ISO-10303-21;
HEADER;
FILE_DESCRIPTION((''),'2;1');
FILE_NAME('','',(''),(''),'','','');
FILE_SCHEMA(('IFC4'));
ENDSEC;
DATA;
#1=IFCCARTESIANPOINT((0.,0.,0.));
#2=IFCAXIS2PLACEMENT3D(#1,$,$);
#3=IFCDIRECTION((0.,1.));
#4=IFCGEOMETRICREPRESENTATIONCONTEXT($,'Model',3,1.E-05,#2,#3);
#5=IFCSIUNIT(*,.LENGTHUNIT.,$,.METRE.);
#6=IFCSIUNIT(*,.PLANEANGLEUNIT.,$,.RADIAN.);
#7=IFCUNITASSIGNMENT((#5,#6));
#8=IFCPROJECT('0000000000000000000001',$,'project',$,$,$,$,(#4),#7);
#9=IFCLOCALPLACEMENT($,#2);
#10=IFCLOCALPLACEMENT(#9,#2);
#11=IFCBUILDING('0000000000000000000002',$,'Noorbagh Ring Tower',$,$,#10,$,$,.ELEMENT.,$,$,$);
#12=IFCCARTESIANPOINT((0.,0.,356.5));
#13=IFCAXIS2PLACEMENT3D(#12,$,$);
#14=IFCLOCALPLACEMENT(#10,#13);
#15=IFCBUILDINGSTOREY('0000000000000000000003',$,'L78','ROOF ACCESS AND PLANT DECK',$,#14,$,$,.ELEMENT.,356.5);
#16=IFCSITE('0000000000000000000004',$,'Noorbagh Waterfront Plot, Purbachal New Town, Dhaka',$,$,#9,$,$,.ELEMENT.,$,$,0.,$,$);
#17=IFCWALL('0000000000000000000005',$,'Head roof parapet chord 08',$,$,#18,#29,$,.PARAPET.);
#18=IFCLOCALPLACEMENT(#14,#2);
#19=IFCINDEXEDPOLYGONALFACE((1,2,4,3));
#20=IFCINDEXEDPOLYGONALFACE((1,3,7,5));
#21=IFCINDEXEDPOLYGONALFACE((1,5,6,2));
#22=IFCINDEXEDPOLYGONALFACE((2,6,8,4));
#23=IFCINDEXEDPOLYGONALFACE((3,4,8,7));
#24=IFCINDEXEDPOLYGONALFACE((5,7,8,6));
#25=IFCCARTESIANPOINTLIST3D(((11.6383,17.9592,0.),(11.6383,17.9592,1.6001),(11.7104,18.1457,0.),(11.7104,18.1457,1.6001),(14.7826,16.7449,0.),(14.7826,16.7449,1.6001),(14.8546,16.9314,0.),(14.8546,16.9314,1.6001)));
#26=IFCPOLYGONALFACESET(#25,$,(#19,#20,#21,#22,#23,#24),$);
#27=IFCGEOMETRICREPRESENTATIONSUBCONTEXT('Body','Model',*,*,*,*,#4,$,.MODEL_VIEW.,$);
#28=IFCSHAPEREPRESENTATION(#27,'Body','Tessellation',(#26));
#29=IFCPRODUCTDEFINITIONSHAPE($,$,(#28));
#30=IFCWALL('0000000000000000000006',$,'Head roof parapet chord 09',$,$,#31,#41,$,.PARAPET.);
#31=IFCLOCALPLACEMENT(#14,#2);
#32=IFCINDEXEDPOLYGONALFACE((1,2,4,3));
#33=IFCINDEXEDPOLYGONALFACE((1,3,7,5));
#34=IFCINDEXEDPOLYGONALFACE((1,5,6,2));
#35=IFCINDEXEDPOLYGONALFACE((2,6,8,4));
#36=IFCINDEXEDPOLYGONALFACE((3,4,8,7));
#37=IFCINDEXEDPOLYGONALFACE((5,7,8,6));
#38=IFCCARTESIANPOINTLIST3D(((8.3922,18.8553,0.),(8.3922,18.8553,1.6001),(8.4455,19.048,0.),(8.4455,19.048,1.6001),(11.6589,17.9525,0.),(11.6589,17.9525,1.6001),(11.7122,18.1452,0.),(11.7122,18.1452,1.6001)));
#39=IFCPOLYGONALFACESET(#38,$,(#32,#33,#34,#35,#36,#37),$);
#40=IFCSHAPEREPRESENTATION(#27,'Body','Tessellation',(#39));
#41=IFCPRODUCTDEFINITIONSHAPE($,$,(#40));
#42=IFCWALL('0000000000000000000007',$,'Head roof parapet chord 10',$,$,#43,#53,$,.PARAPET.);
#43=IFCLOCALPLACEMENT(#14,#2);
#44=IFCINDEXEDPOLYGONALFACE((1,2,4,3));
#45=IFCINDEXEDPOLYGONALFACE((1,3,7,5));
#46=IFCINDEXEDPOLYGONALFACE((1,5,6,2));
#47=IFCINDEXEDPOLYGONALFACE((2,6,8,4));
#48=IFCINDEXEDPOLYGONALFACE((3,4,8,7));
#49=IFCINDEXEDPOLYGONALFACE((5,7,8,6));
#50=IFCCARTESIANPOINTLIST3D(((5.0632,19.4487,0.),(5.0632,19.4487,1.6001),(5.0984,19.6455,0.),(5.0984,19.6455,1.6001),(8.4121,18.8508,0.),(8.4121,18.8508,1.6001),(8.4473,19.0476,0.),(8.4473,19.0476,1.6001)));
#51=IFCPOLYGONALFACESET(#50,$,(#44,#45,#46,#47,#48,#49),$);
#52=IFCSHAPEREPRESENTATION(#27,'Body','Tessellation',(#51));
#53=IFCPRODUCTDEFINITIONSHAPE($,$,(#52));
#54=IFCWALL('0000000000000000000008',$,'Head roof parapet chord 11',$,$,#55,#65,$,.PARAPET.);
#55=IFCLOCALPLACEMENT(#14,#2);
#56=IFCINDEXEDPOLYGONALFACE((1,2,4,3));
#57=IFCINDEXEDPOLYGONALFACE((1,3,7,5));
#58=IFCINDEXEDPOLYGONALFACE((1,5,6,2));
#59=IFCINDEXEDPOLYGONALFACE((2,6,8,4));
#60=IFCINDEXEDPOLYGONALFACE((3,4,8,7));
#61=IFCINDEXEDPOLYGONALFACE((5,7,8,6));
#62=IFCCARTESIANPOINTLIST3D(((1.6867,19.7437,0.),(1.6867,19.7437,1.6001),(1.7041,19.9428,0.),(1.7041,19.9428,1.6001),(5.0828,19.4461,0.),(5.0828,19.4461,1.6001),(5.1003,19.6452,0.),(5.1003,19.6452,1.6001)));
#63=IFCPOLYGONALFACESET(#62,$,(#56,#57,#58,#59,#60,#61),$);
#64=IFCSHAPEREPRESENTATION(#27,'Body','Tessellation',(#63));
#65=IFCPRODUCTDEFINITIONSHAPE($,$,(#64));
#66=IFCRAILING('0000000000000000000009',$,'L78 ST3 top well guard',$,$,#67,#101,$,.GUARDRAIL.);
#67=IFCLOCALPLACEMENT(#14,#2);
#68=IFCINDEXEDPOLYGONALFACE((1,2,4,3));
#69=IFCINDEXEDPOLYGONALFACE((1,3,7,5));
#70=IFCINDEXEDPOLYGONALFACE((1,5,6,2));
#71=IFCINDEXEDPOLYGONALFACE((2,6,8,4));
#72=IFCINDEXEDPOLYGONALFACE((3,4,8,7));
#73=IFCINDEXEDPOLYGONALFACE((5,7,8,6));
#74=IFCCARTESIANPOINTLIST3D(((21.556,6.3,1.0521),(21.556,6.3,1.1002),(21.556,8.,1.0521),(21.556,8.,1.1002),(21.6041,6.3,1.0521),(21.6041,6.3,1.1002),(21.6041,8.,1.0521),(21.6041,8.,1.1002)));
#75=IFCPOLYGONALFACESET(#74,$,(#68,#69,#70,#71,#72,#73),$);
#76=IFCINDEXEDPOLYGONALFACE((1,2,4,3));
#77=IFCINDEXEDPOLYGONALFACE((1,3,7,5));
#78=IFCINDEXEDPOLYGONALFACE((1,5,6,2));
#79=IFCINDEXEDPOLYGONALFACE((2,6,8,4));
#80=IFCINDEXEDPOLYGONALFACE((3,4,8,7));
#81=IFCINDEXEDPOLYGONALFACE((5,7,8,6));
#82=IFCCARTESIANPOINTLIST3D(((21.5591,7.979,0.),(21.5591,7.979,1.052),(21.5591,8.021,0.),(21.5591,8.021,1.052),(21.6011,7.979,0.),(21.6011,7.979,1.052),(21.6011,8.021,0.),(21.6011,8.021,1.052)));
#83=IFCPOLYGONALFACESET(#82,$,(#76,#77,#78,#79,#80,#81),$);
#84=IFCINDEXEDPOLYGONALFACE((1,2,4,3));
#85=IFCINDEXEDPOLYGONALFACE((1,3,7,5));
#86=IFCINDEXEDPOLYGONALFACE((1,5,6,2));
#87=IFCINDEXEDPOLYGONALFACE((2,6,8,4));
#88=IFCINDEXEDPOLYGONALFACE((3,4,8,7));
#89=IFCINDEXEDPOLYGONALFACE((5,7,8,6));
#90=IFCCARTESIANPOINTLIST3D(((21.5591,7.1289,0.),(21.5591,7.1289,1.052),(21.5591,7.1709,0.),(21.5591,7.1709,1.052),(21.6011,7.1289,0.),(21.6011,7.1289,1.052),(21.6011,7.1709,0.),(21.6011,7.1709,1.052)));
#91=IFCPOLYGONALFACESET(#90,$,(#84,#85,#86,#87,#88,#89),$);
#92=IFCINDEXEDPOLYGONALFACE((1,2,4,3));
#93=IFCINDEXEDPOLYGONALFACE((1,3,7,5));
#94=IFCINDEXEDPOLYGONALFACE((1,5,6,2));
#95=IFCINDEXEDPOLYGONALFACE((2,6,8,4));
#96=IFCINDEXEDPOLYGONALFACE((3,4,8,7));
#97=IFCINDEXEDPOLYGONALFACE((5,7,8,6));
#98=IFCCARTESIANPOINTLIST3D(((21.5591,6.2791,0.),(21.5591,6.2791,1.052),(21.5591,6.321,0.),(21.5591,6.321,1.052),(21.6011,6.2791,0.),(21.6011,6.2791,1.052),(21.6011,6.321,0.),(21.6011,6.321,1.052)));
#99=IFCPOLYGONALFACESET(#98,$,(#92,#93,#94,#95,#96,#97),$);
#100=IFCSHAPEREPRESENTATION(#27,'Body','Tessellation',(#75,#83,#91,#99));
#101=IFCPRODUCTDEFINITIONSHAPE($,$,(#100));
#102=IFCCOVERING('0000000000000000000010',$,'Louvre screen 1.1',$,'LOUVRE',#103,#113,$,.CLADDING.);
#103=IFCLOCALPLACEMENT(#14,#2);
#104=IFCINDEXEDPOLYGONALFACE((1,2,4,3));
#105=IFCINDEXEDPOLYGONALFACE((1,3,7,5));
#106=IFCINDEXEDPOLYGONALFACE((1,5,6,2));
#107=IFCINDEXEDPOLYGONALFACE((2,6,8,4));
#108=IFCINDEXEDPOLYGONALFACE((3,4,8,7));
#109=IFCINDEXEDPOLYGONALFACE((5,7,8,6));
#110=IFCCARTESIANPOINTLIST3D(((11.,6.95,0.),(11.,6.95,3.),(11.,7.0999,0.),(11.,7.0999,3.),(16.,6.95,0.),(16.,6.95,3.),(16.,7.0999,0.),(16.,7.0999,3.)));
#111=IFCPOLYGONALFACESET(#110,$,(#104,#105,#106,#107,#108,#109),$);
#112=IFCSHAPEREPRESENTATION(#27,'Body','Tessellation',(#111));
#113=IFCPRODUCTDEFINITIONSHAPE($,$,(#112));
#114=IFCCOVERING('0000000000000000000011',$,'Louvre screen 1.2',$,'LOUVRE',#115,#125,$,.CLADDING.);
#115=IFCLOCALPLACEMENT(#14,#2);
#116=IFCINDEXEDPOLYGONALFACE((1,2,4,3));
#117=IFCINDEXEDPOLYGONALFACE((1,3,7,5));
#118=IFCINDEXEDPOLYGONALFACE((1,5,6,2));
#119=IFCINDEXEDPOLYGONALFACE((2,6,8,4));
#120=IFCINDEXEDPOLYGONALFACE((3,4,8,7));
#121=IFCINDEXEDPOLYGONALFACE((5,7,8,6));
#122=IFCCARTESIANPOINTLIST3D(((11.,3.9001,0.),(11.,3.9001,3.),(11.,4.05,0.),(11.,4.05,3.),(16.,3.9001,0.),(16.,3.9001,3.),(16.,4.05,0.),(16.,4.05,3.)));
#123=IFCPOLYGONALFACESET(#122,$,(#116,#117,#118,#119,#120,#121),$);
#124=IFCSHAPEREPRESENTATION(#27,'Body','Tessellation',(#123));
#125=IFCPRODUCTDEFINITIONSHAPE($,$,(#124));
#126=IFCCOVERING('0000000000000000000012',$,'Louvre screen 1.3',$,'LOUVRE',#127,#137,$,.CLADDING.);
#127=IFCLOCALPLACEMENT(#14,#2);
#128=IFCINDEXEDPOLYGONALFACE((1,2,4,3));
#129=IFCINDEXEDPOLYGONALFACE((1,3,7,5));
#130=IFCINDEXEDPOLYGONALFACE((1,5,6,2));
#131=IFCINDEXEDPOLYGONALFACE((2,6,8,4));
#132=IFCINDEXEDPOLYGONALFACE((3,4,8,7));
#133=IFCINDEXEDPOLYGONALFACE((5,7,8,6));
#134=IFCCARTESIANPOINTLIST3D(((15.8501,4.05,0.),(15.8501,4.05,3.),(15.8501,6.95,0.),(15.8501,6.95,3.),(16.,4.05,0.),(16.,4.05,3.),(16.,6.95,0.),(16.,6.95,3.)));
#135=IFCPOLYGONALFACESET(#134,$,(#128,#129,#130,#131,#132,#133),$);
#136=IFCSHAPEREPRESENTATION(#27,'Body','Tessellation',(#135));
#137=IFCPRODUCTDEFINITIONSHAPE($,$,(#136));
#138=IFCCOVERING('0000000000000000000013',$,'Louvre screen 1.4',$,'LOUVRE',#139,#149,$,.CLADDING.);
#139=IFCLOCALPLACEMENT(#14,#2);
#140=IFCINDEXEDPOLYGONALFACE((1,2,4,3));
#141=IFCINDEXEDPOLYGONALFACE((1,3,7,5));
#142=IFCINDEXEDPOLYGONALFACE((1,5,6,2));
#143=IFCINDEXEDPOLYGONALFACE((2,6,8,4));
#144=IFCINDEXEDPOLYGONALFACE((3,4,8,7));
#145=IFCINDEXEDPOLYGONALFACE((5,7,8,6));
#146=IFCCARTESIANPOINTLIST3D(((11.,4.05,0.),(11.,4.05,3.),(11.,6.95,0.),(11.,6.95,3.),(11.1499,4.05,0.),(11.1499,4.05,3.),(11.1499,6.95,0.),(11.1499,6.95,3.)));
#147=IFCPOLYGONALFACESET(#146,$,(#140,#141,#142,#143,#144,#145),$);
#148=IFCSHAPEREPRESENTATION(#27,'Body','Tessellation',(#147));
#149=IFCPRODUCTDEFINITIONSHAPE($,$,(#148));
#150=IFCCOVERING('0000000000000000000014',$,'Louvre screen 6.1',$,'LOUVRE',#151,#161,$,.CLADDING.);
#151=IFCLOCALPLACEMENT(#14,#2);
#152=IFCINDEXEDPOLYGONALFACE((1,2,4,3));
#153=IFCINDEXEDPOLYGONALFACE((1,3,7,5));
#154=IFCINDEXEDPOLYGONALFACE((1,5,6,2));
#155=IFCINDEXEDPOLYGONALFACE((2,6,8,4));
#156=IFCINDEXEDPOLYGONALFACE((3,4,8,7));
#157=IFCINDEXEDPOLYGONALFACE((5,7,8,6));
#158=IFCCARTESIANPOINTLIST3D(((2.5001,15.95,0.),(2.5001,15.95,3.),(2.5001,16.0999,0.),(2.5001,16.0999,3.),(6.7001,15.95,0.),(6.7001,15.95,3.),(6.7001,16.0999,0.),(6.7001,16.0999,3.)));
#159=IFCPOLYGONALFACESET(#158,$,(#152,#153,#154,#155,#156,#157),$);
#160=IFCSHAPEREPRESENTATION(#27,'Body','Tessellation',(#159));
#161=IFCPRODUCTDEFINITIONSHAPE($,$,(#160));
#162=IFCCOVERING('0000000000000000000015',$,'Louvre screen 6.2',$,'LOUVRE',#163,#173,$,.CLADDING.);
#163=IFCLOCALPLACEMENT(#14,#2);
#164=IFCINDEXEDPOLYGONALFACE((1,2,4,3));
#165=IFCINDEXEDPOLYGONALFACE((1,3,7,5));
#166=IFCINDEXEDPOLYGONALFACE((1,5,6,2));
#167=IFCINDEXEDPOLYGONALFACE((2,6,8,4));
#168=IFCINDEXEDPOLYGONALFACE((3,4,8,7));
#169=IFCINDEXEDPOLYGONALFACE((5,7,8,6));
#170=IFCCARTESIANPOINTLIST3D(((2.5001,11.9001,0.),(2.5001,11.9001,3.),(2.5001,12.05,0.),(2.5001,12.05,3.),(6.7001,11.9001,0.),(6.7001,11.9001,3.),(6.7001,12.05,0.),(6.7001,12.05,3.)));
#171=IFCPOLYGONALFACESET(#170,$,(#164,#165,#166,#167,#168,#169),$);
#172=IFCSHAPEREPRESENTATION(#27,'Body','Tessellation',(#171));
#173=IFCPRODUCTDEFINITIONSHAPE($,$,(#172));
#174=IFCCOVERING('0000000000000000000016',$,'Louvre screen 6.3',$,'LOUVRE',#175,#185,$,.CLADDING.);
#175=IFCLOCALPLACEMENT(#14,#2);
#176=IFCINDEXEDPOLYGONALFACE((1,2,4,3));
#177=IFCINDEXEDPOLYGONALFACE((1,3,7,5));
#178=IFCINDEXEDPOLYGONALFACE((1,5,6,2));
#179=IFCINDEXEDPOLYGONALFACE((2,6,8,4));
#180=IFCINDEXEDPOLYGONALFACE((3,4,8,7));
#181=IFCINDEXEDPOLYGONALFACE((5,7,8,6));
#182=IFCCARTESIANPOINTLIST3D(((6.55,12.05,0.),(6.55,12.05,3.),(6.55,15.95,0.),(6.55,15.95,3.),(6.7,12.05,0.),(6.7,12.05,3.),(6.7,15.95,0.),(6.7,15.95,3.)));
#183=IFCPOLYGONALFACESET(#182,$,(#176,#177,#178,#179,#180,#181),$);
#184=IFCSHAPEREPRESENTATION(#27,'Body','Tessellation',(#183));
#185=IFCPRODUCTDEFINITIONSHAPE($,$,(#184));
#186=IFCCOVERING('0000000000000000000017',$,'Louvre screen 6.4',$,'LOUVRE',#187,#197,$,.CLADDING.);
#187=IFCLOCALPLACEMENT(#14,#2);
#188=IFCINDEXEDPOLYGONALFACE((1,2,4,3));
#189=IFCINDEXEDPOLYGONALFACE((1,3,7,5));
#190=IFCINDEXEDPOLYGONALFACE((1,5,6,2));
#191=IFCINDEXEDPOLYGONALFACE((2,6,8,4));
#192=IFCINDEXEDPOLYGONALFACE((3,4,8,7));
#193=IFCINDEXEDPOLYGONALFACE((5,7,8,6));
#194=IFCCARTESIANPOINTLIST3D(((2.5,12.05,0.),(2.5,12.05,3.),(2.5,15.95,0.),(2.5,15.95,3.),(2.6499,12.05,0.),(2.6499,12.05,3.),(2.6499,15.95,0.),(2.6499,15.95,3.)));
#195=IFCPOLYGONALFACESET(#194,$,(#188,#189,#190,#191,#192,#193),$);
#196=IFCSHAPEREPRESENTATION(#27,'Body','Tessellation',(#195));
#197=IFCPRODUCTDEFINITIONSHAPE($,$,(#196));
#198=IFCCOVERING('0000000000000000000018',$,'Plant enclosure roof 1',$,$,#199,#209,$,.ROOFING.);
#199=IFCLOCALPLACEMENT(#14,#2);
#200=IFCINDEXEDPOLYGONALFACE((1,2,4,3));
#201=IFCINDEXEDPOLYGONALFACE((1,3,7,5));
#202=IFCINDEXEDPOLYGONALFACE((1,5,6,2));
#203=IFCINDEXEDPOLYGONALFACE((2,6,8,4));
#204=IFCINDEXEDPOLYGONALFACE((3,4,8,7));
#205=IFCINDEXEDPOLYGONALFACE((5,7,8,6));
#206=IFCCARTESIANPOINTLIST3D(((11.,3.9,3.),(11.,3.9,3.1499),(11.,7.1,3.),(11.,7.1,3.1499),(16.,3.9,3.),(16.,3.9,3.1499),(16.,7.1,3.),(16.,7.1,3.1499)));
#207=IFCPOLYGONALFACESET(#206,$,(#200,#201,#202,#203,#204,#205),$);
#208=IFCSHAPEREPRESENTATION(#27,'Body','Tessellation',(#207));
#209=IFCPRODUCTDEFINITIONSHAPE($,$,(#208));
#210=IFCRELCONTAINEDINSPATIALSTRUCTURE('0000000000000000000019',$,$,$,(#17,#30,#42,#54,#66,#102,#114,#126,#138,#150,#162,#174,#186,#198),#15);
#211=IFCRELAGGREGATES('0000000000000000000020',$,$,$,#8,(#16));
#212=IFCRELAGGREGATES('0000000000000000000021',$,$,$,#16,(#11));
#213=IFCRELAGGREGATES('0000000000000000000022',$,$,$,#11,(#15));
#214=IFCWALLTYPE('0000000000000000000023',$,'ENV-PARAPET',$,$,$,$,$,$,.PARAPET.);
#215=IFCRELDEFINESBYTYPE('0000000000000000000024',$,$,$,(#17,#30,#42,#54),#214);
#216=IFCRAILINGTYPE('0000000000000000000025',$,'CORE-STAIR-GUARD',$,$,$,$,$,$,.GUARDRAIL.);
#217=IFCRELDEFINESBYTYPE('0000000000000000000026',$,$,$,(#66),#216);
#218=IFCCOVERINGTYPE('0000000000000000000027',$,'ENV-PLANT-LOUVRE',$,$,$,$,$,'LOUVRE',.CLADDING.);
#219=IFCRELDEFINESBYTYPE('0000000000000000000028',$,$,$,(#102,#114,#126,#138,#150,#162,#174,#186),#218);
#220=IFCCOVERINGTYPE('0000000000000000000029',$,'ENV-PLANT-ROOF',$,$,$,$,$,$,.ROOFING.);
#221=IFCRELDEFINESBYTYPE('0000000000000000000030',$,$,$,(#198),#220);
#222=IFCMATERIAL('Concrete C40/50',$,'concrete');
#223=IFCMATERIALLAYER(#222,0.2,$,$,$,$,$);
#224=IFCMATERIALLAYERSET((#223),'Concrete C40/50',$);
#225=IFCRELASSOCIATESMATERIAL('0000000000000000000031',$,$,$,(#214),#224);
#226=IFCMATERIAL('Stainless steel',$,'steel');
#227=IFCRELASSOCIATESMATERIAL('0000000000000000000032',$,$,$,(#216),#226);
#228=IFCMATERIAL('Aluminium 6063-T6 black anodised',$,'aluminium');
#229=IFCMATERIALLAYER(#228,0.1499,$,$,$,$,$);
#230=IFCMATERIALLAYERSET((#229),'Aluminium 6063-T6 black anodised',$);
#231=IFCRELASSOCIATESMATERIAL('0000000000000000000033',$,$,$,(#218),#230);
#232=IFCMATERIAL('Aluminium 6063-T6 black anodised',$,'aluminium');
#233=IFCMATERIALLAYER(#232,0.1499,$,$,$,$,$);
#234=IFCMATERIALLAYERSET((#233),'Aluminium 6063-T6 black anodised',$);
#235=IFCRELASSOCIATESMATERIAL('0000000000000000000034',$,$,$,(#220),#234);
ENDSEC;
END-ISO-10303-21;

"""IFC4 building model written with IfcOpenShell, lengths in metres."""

from ifc_helpers import new_model, si_unit, direction, frame, frame_2d, origin, origin_2d, place, context, subcontext, project, spatial, rectangle, extrude, material, layer, layer_set, type_object, element, save


model = new_model("IFC4")

# Units and contexts
model_context = context("Model", 3, precision=1e-05, world=origin(), true_north=direction((0.0, 1.0)))
body_context = subcontext(model_context, "Body", "Model", "MODEL_VIEW")
ifc_project = project(units=[si_unit("LENGTHUNIT", "METRE"), si_unit("PLANEANGLEUNIT", "RADIAN")], contexts=[model_context])

# Site, building, storey
site_placement = place(None, origin())
site = spatial("IfcSite", under=ifc_project, at=site_placement, Name="Noorbagh Waterfront Plot, Purbachal New Town, Dhaka", CompositionType="ELEMENT", RefElevation=0.0)
building_placement = place(site_placement, origin())
building = spatial("IfcBuilding", under=site, at=building_placement, Name="Noorbagh Ring Tower", CompositionType="ELEMENT")
storey_placement = place(building_placement, frame((0.0, 0.0, 356.5)))
storey = spatial("IfcBuildingStorey", under=building, at=storey_placement, Name="L78", Description="ROOF ACCESS AND PLANT DECK", CompositionType="ELEMENT", Elevation=356.5)

# Walls
ifc_material_1 = material(Name="Concrete C40/50", Category="concrete")
ifc_layer_1 = layer(ifc_material_1, 0.2)
ifc_layer_set_1 = layer_set([ifc_layer_1], Name="Concrete C40/50")
wall_type_1 = type_object("IfcWallType", Name="ENV-PARAPET", PredefinedType="PARAPET", material=ifc_layer_set_1)
wall_1_placement = place(storey_placement, frame((14.8186, 16.8381, 0.0), z_axis=(0.0, 0.0, 1.0), x_axis=(-0.932846, 0.360275, 0.0)))
element("IfcWall", 1, at=wall_1_placement, inside=storey, type_object=wall_type_1, Name="Head roof parapet chord 08", PredefinedType="PARAPET", context=body_context, shape_type="SweptSolid", body=[
    extrude(rectangle(XDim=3.3706, YDim=0.2, at=frame_2d((1.6853, 0.0))), origin(), (0.0, 0.0, 1.0), 1.6001),
])
wall_2_placement = place(storey_placement, frame((11.6855, 18.0488, 0.0), z_axis=(0.0, 0.0, 1.0), x_axis=(-0.963864, 0.266395, 0.0)))
element("IfcWall", 2, at=wall_2_placement, inside=storey, type_object=wall_type_1, Name="Head roof parapet chord 09", PredefinedType="PARAPET", context=body_context, shape_type="SweptSolid", body=[
    extrude(rectangle(XDim=3.3892, YDim=0.2, at=frame_2d((1.6946, 0.0))), origin(), (0.0, 0.0, 1.0), 1.6001),
])
wall_3_placement = place(storey_placement, frame((8.4297, 18.9492, 0.0), z_axis=(0.0, 0.0, 1.0), x_axis=(-0.984433, 0.175758, 0.0)))
element("IfcWall", 3, at=wall_3_placement, inside=storey, type_object=wall_type_1, Name="Head roof parapet chord 10", PredefinedType="PARAPET", context=body_context, shape_type="SweptSolid", body=[
    extrude(rectangle(XDim=3.4019, YDim=0.2, at=frame_2d((1.7009, 0.0))), origin(), (0.0, 0.0, 1.0), 1.6001),
])
wall_4_placement = place(storey_placement, frame((5.0916, 19.5457, 0.0), z_axis=(0.0, 0.0, 1.0), x_axis=(-0.996183, 0.087294, 0.0)))
element("IfcWall", 4, at=wall_4_placement, inside=storey, type_object=wall_type_1, Name="Head roof parapet chord 11", PredefinedType="PARAPET", context=body_context, shape_type="SweptSolid", body=[
    extrude(rectangle(XDim=3.4092, YDim=0.2, at=frame_2d((1.7046, 0.0))), origin(), (0.0, 0.0, 1.0), 1.6001),
])

# Railing
ifc_material_2 = material(Name="Stainless steel", Category="steel")
railing_type = type_object("IfcRailingType", Name="CORE-STAIR-GUARD", PredefinedType="GUARDRAIL", material=ifc_material_2)
railing_placement = place(storey_placement, frame((21.5801, 8.0, 0.0)))
element("IfcRailing", 5, at=railing_placement, inside=storey, type_object=railing_type, Name="L78 ST3 top well guard", PredefinedType="GUARDRAIL", context=body_context, shape_type="SweptSolid", body=[
    extrude(rectangle(XDim=0.0481, YDim=0.0481, at=origin_2d()), frame((0.0, 0.0, 1.0762), z_axis=(0.0, -1.0, 0.0), x_axis=(1.0, 0.0, 0.0)), (0.0, 0.0, 1.0), 1.7),
    extrude(rectangle(XDim=0.042, YDim=0.042, at=origin_2d()), origin(), (0.0, 0.0, 1.0), 1.052),
    extrude(rectangle(XDim=0.042, YDim=0.042, at=origin_2d()), frame((0.0, -0.8501, 0.0)), (0.0, 0.0, 1.0), 1.052),
    extrude(rectangle(XDim=0.042, YDim=0.042, at=origin_2d()), frame((0.0, -1.7, 0.0)), (0.0, 0.0, 1.0), 1.052),
])

# Coverings
ifc_material_3 = material(Name="Aluminium 6063-T6 black anodised", Category="aluminium")
ifc_layer_2 = layer(ifc_material_3, 0.1499)
ifc_layer_set_2 = layer_set([ifc_layer_2], Name="Aluminium 6063-T6 black anodised")
covering_type_1 = type_object("IfcCoveringType", Name="ENV-PLANT-LOUVRE", ElementType="LOUVRE", PredefinedType="CLADDING", material=ifc_layer_set_2)
for number, where, z_axis, x_axis, name in (
    (6, (13.5, 7.0249, 0.0), (0.0, 0.0, 1.0), (1.0, 0.0, 0.0), "Louvre screen 1.1"),
    (7, (13.5, 3.9751, 0.0), (0.0, 0.0, 1.0), (1.0, 0.0, 0.0), "Louvre screen 1.2"),
):
    element("IfcCovering", number, at=place(storey_placement, frame(where, z_axis=z_axis, x_axis=x_axis)), inside=storey, type_object=covering_type_1, Name=name, ObjectType="LOUVRE", PredefinedType="CLADDING", context=body_context, shape_type="SweptSolid", body=[
        extrude(rectangle(XDim=5.0, YDim=0.1499, at=origin_2d()), origin(), (0.0, 0.0, 1.0), 3.0),
    ])
for number, where, z_axis, x_axis, name in (
    (8, (15.925, 5.5, 0.0), (0.0, 0.0, 1.0), (1.0, 0.0, 0.0), "Louvre screen 1.3"),
    (9, (11.075, 5.5, 0.0), (0.0, 0.0, 1.0), (1.0, 0.0, 0.0), "Louvre screen 1.4"),
):
    element("IfcCovering", number, at=place(storey_placement, frame(where, z_axis=z_axis, x_axis=x_axis)), inside=storey, type_object=covering_type_1, Name=name, ObjectType="LOUVRE", PredefinedType="CLADDING", context=body_context, shape_type="SweptSolid", body=[
        extrude(rectangle(XDim=0.1499, YDim=2.8999, at=origin_2d()), origin(), (0.0, 0.0, 1.0), 3.0),
    ])
for number, where, z_axis, x_axis, name in (
    (10, (4.6001, 16.0249, 0.0), (0.0, 0.0, 1.0), (1.0, 0.0, 0.0), "Louvre screen 6.1"),
    (11, (4.6001, 11.9751, 0.0), (0.0, 0.0, 1.0), (1.0, 0.0, 0.0), "Louvre screen 6.2"),
):
    element("IfcCovering", number, at=place(storey_placement, frame(where, z_axis=z_axis, x_axis=x_axis)), inside=storey, type_object=covering_type_1, Name=name, ObjectType="LOUVRE", PredefinedType="CLADDING", context=body_context, shape_type="SweptSolid", body=[
        extrude(rectangle(XDim=4.2, YDim=0.1499, at=origin_2d()), origin(), (0.0, 0.0, 1.0), 3.0),
    ])
for number, where, z_axis, x_axis, name in (
    (12, (6.625, 14.0, 0.0), (0.0, 0.0, 1.0), (1.0, 0.0, 0.0), "Louvre screen 6.3"),
    (13, (2.575, 14.0, 0.0), (0.0, 0.0, 1.0), (1.0, 0.0, 0.0), "Louvre screen 6.4"),
):
    element("IfcCovering", number, at=place(storey_placement, frame(where, z_axis=z_axis, x_axis=x_axis)), inside=storey, type_object=covering_type_1, Name=name, ObjectType="LOUVRE", PredefinedType="CLADDING", context=body_context, shape_type="SweptSolid", body=[
        extrude(rectangle(XDim=0.1499, YDim=3.8999, at=origin_2d()), origin(), (0.0, 0.0, 1.0), 3.0),
    ])
ifc_material_4 = material(Name="Aluminium 6063-T6 black anodised", Category="aluminium")
ifc_layer_3 = layer(ifc_material_4, 0.1499)
ifc_layer_set_3 = layer_set([ifc_layer_3], Name="Aluminium 6063-T6 black anodised")
covering_type_2 = type_object("IfcCoveringType", Name="ENV-PLANT-ROOF", PredefinedType="ROOFING", material=ifc_layer_set_3)
covering_1_placement = place(storey_placement, frame((13.5, 5.5, 3.0), z_axis=(0.0, 0.0, 1.0), x_axis=(1.0, 0.0, 0.0)))
element("IfcCovering", 14, at=covering_1_placement, inside=storey, type_object=covering_type_2, Name="Plant enclosure roof 1", PredefinedType="ROOFING", context=body_context, shape_type="SweptSolid", body=[
    extrude(rectangle(XDim=5.0, YDim=3.2, at=origin_2d()), origin(), (0.0, 0.0, 1.0), 0.1499),
])

save(model, "model.ifc")
